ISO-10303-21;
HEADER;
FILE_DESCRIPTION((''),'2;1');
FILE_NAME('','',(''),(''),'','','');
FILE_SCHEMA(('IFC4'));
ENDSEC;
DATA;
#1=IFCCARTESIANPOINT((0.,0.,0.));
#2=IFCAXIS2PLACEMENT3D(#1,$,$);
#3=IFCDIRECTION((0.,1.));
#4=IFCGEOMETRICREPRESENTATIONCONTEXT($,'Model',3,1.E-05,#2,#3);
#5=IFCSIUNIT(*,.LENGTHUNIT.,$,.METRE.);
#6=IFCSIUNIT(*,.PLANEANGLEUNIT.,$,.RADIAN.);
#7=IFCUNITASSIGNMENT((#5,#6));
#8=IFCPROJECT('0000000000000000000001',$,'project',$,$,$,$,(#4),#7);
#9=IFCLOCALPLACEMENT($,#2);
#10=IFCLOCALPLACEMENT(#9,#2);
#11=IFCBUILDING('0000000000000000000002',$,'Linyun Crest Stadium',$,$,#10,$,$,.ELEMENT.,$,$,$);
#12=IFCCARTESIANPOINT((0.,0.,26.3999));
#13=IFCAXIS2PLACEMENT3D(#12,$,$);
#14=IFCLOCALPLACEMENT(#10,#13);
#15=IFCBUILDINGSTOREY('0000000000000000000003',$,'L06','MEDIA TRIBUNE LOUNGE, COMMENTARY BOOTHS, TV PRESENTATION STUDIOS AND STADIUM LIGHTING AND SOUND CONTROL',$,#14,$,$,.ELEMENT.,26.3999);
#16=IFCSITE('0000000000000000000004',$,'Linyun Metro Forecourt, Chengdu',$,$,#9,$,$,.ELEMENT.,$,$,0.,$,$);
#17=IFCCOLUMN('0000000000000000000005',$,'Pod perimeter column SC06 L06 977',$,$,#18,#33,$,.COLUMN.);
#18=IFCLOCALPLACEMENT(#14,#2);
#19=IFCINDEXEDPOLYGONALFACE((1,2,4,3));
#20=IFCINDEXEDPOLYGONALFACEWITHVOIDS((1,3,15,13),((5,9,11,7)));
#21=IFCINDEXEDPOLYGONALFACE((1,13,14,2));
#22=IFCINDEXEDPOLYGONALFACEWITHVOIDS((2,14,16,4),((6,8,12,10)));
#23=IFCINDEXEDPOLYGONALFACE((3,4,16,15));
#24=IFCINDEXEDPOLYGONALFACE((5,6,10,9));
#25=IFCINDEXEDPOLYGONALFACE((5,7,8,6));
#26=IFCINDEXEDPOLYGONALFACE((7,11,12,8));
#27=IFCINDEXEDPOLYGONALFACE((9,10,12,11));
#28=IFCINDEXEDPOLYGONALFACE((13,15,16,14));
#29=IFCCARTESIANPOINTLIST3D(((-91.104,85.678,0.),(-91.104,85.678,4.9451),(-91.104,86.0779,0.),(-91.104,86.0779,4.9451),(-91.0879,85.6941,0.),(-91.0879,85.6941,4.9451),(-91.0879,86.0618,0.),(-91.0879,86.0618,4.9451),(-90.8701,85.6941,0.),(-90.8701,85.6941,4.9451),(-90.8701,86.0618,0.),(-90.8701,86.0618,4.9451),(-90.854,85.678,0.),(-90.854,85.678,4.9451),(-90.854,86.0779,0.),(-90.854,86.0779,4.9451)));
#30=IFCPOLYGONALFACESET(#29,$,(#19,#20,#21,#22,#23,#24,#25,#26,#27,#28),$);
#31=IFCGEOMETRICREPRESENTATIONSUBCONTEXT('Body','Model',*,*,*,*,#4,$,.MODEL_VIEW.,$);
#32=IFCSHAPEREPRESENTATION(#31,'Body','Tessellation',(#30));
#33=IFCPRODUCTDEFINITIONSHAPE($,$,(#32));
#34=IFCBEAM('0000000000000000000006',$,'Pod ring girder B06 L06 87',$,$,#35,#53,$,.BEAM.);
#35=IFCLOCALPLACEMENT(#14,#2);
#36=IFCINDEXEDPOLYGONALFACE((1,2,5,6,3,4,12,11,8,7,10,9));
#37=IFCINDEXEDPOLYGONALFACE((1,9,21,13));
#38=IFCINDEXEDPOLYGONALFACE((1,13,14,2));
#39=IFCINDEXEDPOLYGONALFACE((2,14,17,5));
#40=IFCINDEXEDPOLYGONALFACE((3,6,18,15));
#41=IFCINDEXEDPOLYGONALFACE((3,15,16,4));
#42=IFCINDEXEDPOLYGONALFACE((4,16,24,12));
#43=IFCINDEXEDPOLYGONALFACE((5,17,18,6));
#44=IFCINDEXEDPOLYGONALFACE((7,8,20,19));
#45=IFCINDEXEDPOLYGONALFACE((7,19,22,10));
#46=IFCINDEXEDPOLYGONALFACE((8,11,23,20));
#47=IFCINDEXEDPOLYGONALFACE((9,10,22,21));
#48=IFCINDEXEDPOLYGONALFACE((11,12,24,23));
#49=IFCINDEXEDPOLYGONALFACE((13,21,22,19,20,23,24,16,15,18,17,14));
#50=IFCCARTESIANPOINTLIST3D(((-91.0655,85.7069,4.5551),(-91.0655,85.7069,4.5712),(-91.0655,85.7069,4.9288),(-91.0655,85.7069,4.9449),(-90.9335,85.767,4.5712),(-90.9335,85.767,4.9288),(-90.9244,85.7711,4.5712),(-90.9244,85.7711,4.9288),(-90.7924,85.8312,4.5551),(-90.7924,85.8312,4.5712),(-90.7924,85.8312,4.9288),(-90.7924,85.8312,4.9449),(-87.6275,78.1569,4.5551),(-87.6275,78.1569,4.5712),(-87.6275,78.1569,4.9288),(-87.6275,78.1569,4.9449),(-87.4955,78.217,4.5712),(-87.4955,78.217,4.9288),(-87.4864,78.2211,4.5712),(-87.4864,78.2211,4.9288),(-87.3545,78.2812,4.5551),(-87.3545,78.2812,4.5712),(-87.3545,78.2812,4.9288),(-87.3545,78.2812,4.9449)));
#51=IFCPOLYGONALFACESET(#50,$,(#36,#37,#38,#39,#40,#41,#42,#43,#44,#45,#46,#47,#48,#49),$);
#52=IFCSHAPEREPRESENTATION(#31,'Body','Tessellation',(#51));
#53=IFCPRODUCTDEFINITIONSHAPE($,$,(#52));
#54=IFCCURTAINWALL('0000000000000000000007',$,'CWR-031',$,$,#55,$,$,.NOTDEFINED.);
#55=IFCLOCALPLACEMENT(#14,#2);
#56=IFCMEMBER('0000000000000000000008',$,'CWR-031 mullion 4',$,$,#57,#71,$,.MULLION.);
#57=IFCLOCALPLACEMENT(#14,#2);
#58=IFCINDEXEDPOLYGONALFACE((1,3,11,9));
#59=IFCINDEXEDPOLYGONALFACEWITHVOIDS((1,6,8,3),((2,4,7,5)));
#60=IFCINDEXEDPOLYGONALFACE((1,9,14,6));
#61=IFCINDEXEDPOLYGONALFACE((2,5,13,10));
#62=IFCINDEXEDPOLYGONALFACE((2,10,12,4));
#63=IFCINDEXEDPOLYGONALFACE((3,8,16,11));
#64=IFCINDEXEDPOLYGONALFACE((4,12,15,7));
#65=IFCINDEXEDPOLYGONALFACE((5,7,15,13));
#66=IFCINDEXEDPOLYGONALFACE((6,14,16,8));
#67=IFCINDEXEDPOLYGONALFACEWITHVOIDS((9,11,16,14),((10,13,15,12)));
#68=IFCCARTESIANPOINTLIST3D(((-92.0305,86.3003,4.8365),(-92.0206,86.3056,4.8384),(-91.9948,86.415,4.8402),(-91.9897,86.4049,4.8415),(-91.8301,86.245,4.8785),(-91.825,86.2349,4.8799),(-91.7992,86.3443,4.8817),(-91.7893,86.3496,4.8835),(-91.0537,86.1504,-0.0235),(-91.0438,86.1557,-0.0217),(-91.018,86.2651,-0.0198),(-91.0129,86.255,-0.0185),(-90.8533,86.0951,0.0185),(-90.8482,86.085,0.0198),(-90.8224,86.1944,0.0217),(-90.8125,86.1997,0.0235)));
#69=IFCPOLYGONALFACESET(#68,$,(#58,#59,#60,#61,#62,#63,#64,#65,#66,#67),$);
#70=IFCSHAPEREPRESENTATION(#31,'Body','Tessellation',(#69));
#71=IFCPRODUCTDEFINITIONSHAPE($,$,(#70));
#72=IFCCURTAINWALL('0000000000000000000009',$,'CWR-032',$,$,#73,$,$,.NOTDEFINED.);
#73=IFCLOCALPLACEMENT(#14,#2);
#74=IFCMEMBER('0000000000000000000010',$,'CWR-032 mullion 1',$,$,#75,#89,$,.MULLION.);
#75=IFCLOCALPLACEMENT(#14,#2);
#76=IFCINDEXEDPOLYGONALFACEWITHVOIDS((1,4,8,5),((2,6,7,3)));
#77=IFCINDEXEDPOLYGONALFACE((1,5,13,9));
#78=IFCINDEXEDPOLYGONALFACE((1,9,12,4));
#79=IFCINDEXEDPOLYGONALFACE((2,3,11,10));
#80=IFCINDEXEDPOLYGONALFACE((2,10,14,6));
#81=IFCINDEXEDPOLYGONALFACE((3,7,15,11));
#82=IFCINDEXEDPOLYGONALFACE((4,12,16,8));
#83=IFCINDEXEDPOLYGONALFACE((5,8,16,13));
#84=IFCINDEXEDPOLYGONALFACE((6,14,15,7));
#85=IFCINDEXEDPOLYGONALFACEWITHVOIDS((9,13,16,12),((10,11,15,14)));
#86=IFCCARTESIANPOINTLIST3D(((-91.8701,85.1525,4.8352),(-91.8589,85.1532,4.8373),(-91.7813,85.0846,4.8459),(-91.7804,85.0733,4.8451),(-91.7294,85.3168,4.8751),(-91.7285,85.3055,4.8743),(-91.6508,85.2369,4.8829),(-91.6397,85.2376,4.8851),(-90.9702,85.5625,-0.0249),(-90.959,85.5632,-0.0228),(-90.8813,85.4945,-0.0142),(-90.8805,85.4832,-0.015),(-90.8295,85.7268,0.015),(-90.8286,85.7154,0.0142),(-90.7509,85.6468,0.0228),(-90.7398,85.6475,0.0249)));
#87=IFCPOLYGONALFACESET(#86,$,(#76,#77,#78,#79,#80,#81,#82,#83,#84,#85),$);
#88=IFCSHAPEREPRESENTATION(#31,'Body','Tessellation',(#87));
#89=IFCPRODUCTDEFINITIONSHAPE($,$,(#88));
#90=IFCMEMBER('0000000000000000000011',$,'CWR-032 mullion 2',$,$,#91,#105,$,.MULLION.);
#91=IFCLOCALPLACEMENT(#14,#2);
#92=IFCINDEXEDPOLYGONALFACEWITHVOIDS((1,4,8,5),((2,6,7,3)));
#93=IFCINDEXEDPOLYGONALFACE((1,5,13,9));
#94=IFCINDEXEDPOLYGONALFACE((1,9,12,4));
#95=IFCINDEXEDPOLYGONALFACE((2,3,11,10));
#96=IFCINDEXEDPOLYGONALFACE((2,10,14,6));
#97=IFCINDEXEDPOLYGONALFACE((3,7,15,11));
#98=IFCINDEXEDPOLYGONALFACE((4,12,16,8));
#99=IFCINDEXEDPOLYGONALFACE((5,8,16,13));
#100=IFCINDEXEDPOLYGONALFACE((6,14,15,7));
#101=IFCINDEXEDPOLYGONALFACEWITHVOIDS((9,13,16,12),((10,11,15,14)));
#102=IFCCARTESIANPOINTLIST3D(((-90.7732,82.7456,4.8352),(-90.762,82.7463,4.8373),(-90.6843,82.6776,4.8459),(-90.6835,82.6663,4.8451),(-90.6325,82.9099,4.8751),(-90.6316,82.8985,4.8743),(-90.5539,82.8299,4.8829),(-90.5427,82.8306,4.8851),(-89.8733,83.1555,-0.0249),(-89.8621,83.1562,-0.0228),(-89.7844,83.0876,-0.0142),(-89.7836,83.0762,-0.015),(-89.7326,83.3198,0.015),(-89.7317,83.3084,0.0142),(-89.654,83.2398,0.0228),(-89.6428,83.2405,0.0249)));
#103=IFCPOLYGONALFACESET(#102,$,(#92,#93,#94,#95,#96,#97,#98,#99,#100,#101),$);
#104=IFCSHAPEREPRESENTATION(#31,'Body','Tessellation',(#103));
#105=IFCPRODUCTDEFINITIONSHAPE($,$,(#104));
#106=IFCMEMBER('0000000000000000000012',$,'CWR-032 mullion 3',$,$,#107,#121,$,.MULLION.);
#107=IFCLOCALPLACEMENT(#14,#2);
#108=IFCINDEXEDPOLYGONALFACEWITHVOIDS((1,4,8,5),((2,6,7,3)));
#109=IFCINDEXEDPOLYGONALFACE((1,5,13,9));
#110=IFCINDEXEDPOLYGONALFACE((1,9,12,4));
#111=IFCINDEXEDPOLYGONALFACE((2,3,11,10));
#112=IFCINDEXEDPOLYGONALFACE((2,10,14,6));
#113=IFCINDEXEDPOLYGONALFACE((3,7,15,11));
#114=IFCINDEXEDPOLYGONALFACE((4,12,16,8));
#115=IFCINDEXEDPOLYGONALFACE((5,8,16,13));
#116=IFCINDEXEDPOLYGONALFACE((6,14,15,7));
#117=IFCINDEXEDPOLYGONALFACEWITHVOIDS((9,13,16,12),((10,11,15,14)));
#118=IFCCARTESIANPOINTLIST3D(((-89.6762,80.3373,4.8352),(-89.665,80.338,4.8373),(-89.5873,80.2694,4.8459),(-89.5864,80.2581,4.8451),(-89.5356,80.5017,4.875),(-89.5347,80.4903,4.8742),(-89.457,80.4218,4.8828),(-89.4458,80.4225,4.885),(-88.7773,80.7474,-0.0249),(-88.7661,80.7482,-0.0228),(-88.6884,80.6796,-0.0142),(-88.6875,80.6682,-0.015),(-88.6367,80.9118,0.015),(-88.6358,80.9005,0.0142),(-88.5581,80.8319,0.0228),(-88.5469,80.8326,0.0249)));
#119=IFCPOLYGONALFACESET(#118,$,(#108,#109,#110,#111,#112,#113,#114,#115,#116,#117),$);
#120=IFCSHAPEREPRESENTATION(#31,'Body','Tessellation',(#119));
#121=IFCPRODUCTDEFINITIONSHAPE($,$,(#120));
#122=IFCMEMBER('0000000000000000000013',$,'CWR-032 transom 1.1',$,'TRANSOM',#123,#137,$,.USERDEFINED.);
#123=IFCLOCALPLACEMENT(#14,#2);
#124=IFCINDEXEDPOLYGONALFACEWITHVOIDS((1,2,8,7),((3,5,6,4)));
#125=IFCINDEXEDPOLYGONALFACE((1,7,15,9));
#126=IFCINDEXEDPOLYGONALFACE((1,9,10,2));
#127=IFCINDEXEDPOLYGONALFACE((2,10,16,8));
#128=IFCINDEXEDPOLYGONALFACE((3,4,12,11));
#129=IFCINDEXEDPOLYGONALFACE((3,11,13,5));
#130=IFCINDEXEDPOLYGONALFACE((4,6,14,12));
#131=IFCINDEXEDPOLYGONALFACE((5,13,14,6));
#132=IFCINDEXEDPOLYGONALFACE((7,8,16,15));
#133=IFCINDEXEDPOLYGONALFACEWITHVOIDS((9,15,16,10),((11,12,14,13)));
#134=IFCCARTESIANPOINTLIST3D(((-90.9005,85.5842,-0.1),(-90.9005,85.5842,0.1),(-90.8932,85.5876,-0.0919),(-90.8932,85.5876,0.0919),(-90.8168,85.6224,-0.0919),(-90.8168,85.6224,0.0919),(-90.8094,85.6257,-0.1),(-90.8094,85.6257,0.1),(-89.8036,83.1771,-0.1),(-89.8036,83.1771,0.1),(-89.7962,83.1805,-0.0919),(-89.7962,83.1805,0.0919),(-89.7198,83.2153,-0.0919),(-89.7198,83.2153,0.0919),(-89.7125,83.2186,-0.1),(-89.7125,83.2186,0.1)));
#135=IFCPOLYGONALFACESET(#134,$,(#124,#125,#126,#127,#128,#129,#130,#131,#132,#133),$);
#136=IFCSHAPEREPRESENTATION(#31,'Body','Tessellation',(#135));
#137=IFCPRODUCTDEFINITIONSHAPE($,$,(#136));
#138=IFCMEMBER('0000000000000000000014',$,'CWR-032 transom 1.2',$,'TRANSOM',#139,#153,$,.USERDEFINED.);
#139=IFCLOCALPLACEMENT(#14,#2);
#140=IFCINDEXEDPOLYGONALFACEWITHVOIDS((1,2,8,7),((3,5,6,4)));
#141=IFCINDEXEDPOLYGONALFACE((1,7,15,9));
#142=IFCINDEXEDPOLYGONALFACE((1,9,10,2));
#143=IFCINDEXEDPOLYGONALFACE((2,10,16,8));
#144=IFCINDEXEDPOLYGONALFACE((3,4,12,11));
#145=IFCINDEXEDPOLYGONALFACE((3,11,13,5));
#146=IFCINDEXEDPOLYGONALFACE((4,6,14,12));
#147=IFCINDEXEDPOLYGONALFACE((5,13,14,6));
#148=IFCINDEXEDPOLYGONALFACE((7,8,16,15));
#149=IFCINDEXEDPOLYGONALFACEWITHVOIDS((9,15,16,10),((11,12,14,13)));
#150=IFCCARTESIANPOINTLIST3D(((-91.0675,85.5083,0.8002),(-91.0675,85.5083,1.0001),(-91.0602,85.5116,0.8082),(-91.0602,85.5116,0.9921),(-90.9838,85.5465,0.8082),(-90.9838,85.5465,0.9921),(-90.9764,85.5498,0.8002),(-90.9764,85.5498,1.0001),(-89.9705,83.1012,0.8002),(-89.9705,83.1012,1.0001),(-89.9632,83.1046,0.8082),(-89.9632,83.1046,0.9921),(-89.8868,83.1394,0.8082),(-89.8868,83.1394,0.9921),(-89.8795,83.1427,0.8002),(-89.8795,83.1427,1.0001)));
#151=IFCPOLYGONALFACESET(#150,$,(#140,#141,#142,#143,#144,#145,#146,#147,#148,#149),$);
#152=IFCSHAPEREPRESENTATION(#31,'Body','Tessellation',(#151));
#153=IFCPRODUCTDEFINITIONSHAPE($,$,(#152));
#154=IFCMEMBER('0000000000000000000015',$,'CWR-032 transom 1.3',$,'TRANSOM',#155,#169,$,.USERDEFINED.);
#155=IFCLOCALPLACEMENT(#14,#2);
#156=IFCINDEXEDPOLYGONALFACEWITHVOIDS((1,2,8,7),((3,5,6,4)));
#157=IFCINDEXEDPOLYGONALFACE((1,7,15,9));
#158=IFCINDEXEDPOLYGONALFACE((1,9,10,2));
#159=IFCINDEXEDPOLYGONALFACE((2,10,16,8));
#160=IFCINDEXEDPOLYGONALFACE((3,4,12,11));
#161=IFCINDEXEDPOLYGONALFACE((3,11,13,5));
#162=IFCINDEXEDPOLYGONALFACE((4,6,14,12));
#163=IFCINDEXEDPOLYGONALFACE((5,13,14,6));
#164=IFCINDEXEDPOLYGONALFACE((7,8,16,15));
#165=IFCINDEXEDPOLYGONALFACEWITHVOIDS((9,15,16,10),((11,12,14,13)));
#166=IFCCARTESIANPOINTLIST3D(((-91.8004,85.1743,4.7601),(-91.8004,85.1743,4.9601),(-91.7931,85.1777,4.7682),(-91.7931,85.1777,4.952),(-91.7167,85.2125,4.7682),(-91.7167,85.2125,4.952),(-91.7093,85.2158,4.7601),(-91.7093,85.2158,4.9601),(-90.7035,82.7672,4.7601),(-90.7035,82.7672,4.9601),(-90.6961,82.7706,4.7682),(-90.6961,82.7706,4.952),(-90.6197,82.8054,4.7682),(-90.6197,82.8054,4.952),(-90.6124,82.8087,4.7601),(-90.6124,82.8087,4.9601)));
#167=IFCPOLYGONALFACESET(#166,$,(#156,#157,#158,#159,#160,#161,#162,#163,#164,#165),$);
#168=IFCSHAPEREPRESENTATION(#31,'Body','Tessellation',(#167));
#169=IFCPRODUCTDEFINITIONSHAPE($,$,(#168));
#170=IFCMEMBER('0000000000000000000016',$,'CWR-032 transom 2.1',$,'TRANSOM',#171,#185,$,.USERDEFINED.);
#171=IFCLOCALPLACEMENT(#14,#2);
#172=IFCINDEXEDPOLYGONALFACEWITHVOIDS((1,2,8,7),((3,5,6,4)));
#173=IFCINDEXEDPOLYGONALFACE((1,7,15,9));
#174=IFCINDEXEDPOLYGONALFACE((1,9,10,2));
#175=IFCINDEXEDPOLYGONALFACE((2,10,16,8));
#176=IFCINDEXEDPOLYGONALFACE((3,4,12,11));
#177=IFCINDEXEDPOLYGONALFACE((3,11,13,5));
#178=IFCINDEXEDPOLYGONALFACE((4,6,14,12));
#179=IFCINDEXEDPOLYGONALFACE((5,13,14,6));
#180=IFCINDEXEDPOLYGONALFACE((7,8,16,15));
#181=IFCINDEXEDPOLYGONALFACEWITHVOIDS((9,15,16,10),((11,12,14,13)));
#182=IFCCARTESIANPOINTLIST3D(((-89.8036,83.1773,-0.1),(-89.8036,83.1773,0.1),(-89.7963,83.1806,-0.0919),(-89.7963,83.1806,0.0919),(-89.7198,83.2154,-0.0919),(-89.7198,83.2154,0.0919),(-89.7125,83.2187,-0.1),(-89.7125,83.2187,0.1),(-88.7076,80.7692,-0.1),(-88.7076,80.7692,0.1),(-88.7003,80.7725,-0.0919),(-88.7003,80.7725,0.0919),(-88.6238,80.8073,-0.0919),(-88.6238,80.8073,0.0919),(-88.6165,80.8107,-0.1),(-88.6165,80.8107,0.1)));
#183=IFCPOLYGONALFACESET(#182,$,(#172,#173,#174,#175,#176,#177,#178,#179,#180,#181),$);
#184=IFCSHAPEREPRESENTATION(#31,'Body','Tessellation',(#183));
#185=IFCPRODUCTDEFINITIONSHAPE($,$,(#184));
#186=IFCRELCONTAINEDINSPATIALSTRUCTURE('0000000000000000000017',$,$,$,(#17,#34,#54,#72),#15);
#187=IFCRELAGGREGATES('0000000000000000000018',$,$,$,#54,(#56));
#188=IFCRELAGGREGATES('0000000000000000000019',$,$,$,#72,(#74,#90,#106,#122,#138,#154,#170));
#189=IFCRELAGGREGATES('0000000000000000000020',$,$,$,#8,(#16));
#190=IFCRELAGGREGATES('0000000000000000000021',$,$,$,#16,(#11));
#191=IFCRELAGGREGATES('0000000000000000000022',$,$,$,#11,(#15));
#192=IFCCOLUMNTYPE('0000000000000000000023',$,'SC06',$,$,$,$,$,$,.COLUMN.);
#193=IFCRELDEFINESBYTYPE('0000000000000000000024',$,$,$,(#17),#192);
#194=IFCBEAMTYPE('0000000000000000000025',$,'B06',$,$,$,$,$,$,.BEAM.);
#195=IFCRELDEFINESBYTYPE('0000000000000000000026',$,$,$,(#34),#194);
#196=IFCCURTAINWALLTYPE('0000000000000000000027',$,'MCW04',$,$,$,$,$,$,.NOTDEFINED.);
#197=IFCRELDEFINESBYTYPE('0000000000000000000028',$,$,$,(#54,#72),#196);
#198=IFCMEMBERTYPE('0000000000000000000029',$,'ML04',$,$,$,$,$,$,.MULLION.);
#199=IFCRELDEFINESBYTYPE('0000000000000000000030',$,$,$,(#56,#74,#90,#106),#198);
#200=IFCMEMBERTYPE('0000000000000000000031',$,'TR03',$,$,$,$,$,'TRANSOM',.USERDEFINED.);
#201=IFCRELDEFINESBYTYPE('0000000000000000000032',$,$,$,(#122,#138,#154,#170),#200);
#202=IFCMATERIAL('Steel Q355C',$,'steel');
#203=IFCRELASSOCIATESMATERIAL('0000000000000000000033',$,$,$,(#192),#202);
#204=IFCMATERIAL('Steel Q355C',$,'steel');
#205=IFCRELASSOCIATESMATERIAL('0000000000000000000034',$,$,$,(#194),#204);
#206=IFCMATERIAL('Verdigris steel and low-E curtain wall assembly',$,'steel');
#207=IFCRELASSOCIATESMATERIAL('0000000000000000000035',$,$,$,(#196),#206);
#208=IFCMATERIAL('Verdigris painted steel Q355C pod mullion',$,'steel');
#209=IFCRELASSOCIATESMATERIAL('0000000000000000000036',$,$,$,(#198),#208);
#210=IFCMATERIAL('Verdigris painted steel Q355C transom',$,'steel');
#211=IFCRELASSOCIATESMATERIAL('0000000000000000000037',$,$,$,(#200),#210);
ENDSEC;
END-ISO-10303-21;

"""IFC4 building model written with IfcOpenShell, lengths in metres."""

from ifc_helpers import new_model, si_unit, direction, frame, origin, origin_2d, place, context, subcontext, project, spatial, hollow_rectangle, i_section, extrude, material, material_profile, profile_set, type_object, element, aggregate, save


model = new_model("IFC4")

# Units and contexts
model_context = context("Model", 3, precision=1e-05, world=origin(), true_north=direction((0.0, 1.0)))
body_context = subcontext(model_context, "Body", "Model", "MODEL_VIEW")
ifc_project = project(units=[si_unit("LENGTHUNIT", "METRE"), si_unit("PLANEANGLEUNIT", "RADIAN")], contexts=[model_context])

# Site, building, storey
site_placement = place(None, origin())
site = spatial("IfcSite", under=ifc_project, at=site_placement, Name="Linyun Metro Forecourt, Chengdu", CompositionType="ELEMENT", RefElevation=0.0)
building_placement = place(site_placement, origin())
building = spatial("IfcBuilding", under=site, at=building_placement, Name="Linyun Crest Stadium", CompositionType="ELEMENT")
storey_placement = place(building_placement, frame((0.0, 0.0, 26.3999)))
storey = spatial("IfcBuildingStorey", under=building, at=storey_placement, Name="L06", Description="MEDIA TRIBUNE LOUNGE, COMMENTARY BOOTHS, TV PRESENTATION STUDIOS AND STADIUM LIGHTING AND SOUND CONTROL", CompositionType="ELEMENT", Elevation=26.3999)

# Column
ifc_material_1 = material(Name="Steel Q355C", Category="steel")
ifc_material_profile_1 = material_profile(ifc_material_1, hollow_rectangle(XDim=0.25, YDim=0.3999, WallThickness=0.0161, at=origin_2d()), Name="RHS 400x250x16")
ifc_profile_set_1 = profile_set([ifc_material_profile_1], Name="Steel Q355C")
column_type = type_object("IfcColumnType", Name="SC06", PredefinedType="COLUMN", material=ifc_profile_set_1)
column_placement = place(storey_placement, frame((-90.979, 85.8779, 0.0), z_axis=(0.0, 0.0, 1.0), x_axis=(1.0, 0.0, 0.0)))
element("IfcColumn", 1, at=column_placement, inside=storey, type_object=column_type, Name="Pod perimeter column SC06 L06 977", PredefinedType="COLUMN", context=body_context, shape_type="SweptSolid", body=[
    extrude(hollow_rectangle(XDim=0.25, YDim=0.3999, WallThickness=0.0161, at=origin_2d()), origin(), (0.0, 0.0, 1.0), 4.9451),
])

# Beam
ifc_material_2 = material(Name="Steel Q355C", Category="steel")
ifc_material_profile_2 = material_profile(ifc_material_2, i_section(OverallWidth=0.3, OverallDepth=0.3899, WebThickness=0.01, FlangeThickness=0.0161, at=origin_2d()), Name="HM 390x300")
ifc_profile_set_2 = profile_set([ifc_material_profile_2], Name="Steel Q355C")
beam_type = type_object("IfcBeamType", Name="B06", PredefinedType="BEAM", material=ifc_profile_set_2)
beam_placement = place(storey_placement, frame((-90.929, 85.769, 4.75), z_axis=(0.414417, -0.910087, 0.0), x_axis=(0.910087, 0.414417, 0.0)))
element("IfcBeam", 2, at=beam_placement, inside=storey, type_object=beam_type, Name="Pod ring girder B06 L06 87", PredefinedType="BEAM", context=body_context, shape_type="SweptSolid", body=[
    extrude(i_section(OverallWidth=0.3, OverallDepth=0.3899, WebThickness=0.01, FlangeThickness=0.0161, at=origin_2d()), origin(), (0.0, 0.0, 1.0), 8.2959),
])

# Curtain wall, member
ifc_material_3 = material(Name="Verdigris steel and low-E curtain wall assembly", Category="steel")
curtain_wall_type = type_object("IfcCurtainWallType", Name="MCW04", PredefinedType="NOTDEFINED", material=ifc_material_3)
curtain_wall_1_placement = place(storey_placement, origin())
curtain_wall_1 = element("IfcCurtainWall", 3, at=curtain_wall_1_placement, inside=storey, type_object=curtain_wall_type, Name="CWR-031", PredefinedType="NOTDEFINED")
ifc_material_4 = material(Name="Verdigris painted steel Q355C pod mullion", Category="steel")
ifc_material_profile_3 = material_profile(ifc_material_4, hollow_rectangle(XDim=0.1201, YDim=0.22, WallThickness=0.0081, at=origin_2d()), Name="RHS 220x120x8")
ifc_profile_set_3 = profile_set([ifc_material_profile_3], Name="Verdigris painted steel Q355C pod mullion")
member_type_1 = type_object("IfcMemberType", Name="ML04", PredefinedType="MULLION", material=ifc_profile_set_3)
member_1_placement = place(storey_placement, frame((-90.9331, 86.175, 0.0), z_axis=(-0.196954, 0.030225, 0.979947), x_axis=(-0.297268, -0.954313, -0.030312)))
member_1 = element("IfcMember", 4, at=member_1_placement, type_object=member_type_1, Name="CWR-031 mullion 4", PredefinedType="MULLION", context=body_context, shape_type="SweptSolid", body=[
    extrude(hollow_rectangle(XDim=0.1201, YDim=0.22, WallThickness=0.0081, at=origin_2d()), origin(), (0.0, 0.0, 1.0), 4.9595),
])
aggregate(curtain_wall_1, [member_1])

# Curtain wall, members
curtain_wall_2_placement = place(storey_placement, origin())
curtain_wall_2 = element("IfcCurtainWall", 5, at=curtain_wall_2_placement, inside=storey, type_object=curtain_wall_type, Name="CWR-032", PredefinedType="NOTDEFINED")
member_2_placement = place(storey_placement, frame((-90.855, 85.605, 0.0), z_axis=(-0.181443, -0.082649, 0.979922), x_axis=(0.746902, -0.659778, 0.08265)))
member_2 = element("IfcMember", 6, at=member_2_placement, type_object=member_type_1, Name="CWR-032 mullion 1", PredefinedType="MULLION", context=body_context, shape_type="SweptSolid", body=[
    extrude(hollow_rectangle(XDim=0.1201, YDim=0.22, WallThickness=0.0081, at=origin_2d()), origin(), (0.0, 0.0, 1.0), 4.9597),
])
member_3_placement = place(storey_placement, frame((-89.7581, 83.198, 0.0), z_axis=(-0.181443, -0.082649, 0.979922), x_axis=(0.746902, -0.659778, 0.08265)))
member_3 = element("IfcMember", 7, at=member_3_placement, type_object=member_type_1, Name="CWR-032 mullion 2", PredefinedType="MULLION", context=body_context, shape_type="SweptSolid", body=[
    extrude(hollow_rectangle(XDim=0.1201, YDim=0.22, WallThickness=0.0081, at=origin_2d()), origin(), (0.0, 0.0, 1.0), 4.9597),
])
member_4_placement = place(storey_placement, frame((-88.6621, 80.79, 0.0), z_axis=(-0.181252, -0.082701, 0.979953), x_axis=(0.747332, -0.659298, 0.082587)))
member_4 = element("IfcMember", 8, at=member_4_placement, type_object=member_type_1, Name="CWR-032 mullion 3", PredefinedType="MULLION", context=body_context, shape_type="SweptSolid", body=[
    extrude(hollow_rectangle(XDim=0.1201, YDim=0.22, WallThickness=0.0081, at=origin_2d()), origin(), (0.0, 0.0, 1.0), 4.9595),
])
ifc_material_5 = material(Name="Verdigris painted steel Q355C transom", Category="steel")
ifc_material_profile_4 = material_profile(ifc_material_5, hollow_rectangle(XDim=0.1001, YDim=0.2, WallThickness=0.0081, at=origin_2d()), Name="RHS 200x100x8")
ifc_profile_set_4 = profile_set([ifc_material_profile_4], Name="Verdigris painted steel Q355C transom")
member_type_2 = type_object("IfcMemberType", Name="TR03", ElementType="TRANSOM", PredefinedType="USERDEFINED", material=ifc_profile_set_4)
member_5_placement = place(storey_placement, frame((-90.855, 85.605, 0.0), z_axis=(0.414693, -0.909961, 0.0), x_axis=(0.909961, 0.414693, 0.0)))
member_5 = element("IfcMember", 9, at=member_5_placement, type_object=member_type_2, Name="CWR-032 transom 1.1", ObjectType="TRANSOM", PredefinedType="USERDEFINED", context=body_context, shape_type="SweptSolid", body=[
    extrude(hollow_rectangle(XDim=0.1001, YDim=0.2, WallThickness=0.0081, at=origin_2d()), origin(), (0.0, 0.0, 1.0), 2.6453),
])
member_6_placement = place(storey_placement, frame((-91.022, 85.5291, 0.9001), z_axis=(0.414693, -0.909961, 0.0), x_axis=(0.909961, 0.414693, 0.0)))
member_6 = element("IfcMember", 10, at=member_6_placement, type_object=member_type_2, Name="CWR-032 transom 1.2", ObjectType="TRANSOM", PredefinedType="USERDEFINED", context=body_context, shape_type="SweptSolid", body=[
    extrude(hollow_rectangle(XDim=0.1001, YDim=0.2, WallThickness=0.0081, at=origin_2d()), origin(), (0.0, 0.0, 1.0), 2.6453),
])
member_7_placement = place(storey_placement, frame((-91.7549, 85.1951, 4.8601), z_axis=(0.414693, -0.909961, 0.0), x_axis=(0.909961, 0.414693, 0.0)))
member_7 = element("IfcMember", 11, at=member_7_placement, type_object=member_type_2, Name="CWR-032 transom 1.3", ObjectType="TRANSOM", PredefinedType="USERDEFINED", context=body_context, shape_type="SweptSolid", body=[
    extrude(hollow_rectangle(XDim=0.1001, YDim=0.2, WallThickness=0.0081, at=origin_2d()), origin(), (0.0, 0.0, 1.0), 2.6453),
])
member_8_placement = place(storey_placement, frame((-89.7581, 83.198, 0.0), z_axis=(0.414248, -0.910164, 0.0), x_axis=(0.910164, 0.414248, 0.0)))
member_8 = element("IfcMember", 12, at=member_8_placement, type_object=member_type_2, Name="CWR-032 transom 2.1", ObjectType="TRANSOM", PredefinedType="USERDEFINED", context=body_context, shape_type="SweptSolid", body=[
    extrude(hollow_rectangle(XDim=0.1001, YDim=0.2, WallThickness=0.0081, at=origin_2d()), origin(), (0.0, 0.0, 1.0), 2.6458),
])

aggregate(curtain_wall_2, [member_2, member_3, member_4, member_5, member_6, member_7, member_8])

save(model, "model.ifc")
